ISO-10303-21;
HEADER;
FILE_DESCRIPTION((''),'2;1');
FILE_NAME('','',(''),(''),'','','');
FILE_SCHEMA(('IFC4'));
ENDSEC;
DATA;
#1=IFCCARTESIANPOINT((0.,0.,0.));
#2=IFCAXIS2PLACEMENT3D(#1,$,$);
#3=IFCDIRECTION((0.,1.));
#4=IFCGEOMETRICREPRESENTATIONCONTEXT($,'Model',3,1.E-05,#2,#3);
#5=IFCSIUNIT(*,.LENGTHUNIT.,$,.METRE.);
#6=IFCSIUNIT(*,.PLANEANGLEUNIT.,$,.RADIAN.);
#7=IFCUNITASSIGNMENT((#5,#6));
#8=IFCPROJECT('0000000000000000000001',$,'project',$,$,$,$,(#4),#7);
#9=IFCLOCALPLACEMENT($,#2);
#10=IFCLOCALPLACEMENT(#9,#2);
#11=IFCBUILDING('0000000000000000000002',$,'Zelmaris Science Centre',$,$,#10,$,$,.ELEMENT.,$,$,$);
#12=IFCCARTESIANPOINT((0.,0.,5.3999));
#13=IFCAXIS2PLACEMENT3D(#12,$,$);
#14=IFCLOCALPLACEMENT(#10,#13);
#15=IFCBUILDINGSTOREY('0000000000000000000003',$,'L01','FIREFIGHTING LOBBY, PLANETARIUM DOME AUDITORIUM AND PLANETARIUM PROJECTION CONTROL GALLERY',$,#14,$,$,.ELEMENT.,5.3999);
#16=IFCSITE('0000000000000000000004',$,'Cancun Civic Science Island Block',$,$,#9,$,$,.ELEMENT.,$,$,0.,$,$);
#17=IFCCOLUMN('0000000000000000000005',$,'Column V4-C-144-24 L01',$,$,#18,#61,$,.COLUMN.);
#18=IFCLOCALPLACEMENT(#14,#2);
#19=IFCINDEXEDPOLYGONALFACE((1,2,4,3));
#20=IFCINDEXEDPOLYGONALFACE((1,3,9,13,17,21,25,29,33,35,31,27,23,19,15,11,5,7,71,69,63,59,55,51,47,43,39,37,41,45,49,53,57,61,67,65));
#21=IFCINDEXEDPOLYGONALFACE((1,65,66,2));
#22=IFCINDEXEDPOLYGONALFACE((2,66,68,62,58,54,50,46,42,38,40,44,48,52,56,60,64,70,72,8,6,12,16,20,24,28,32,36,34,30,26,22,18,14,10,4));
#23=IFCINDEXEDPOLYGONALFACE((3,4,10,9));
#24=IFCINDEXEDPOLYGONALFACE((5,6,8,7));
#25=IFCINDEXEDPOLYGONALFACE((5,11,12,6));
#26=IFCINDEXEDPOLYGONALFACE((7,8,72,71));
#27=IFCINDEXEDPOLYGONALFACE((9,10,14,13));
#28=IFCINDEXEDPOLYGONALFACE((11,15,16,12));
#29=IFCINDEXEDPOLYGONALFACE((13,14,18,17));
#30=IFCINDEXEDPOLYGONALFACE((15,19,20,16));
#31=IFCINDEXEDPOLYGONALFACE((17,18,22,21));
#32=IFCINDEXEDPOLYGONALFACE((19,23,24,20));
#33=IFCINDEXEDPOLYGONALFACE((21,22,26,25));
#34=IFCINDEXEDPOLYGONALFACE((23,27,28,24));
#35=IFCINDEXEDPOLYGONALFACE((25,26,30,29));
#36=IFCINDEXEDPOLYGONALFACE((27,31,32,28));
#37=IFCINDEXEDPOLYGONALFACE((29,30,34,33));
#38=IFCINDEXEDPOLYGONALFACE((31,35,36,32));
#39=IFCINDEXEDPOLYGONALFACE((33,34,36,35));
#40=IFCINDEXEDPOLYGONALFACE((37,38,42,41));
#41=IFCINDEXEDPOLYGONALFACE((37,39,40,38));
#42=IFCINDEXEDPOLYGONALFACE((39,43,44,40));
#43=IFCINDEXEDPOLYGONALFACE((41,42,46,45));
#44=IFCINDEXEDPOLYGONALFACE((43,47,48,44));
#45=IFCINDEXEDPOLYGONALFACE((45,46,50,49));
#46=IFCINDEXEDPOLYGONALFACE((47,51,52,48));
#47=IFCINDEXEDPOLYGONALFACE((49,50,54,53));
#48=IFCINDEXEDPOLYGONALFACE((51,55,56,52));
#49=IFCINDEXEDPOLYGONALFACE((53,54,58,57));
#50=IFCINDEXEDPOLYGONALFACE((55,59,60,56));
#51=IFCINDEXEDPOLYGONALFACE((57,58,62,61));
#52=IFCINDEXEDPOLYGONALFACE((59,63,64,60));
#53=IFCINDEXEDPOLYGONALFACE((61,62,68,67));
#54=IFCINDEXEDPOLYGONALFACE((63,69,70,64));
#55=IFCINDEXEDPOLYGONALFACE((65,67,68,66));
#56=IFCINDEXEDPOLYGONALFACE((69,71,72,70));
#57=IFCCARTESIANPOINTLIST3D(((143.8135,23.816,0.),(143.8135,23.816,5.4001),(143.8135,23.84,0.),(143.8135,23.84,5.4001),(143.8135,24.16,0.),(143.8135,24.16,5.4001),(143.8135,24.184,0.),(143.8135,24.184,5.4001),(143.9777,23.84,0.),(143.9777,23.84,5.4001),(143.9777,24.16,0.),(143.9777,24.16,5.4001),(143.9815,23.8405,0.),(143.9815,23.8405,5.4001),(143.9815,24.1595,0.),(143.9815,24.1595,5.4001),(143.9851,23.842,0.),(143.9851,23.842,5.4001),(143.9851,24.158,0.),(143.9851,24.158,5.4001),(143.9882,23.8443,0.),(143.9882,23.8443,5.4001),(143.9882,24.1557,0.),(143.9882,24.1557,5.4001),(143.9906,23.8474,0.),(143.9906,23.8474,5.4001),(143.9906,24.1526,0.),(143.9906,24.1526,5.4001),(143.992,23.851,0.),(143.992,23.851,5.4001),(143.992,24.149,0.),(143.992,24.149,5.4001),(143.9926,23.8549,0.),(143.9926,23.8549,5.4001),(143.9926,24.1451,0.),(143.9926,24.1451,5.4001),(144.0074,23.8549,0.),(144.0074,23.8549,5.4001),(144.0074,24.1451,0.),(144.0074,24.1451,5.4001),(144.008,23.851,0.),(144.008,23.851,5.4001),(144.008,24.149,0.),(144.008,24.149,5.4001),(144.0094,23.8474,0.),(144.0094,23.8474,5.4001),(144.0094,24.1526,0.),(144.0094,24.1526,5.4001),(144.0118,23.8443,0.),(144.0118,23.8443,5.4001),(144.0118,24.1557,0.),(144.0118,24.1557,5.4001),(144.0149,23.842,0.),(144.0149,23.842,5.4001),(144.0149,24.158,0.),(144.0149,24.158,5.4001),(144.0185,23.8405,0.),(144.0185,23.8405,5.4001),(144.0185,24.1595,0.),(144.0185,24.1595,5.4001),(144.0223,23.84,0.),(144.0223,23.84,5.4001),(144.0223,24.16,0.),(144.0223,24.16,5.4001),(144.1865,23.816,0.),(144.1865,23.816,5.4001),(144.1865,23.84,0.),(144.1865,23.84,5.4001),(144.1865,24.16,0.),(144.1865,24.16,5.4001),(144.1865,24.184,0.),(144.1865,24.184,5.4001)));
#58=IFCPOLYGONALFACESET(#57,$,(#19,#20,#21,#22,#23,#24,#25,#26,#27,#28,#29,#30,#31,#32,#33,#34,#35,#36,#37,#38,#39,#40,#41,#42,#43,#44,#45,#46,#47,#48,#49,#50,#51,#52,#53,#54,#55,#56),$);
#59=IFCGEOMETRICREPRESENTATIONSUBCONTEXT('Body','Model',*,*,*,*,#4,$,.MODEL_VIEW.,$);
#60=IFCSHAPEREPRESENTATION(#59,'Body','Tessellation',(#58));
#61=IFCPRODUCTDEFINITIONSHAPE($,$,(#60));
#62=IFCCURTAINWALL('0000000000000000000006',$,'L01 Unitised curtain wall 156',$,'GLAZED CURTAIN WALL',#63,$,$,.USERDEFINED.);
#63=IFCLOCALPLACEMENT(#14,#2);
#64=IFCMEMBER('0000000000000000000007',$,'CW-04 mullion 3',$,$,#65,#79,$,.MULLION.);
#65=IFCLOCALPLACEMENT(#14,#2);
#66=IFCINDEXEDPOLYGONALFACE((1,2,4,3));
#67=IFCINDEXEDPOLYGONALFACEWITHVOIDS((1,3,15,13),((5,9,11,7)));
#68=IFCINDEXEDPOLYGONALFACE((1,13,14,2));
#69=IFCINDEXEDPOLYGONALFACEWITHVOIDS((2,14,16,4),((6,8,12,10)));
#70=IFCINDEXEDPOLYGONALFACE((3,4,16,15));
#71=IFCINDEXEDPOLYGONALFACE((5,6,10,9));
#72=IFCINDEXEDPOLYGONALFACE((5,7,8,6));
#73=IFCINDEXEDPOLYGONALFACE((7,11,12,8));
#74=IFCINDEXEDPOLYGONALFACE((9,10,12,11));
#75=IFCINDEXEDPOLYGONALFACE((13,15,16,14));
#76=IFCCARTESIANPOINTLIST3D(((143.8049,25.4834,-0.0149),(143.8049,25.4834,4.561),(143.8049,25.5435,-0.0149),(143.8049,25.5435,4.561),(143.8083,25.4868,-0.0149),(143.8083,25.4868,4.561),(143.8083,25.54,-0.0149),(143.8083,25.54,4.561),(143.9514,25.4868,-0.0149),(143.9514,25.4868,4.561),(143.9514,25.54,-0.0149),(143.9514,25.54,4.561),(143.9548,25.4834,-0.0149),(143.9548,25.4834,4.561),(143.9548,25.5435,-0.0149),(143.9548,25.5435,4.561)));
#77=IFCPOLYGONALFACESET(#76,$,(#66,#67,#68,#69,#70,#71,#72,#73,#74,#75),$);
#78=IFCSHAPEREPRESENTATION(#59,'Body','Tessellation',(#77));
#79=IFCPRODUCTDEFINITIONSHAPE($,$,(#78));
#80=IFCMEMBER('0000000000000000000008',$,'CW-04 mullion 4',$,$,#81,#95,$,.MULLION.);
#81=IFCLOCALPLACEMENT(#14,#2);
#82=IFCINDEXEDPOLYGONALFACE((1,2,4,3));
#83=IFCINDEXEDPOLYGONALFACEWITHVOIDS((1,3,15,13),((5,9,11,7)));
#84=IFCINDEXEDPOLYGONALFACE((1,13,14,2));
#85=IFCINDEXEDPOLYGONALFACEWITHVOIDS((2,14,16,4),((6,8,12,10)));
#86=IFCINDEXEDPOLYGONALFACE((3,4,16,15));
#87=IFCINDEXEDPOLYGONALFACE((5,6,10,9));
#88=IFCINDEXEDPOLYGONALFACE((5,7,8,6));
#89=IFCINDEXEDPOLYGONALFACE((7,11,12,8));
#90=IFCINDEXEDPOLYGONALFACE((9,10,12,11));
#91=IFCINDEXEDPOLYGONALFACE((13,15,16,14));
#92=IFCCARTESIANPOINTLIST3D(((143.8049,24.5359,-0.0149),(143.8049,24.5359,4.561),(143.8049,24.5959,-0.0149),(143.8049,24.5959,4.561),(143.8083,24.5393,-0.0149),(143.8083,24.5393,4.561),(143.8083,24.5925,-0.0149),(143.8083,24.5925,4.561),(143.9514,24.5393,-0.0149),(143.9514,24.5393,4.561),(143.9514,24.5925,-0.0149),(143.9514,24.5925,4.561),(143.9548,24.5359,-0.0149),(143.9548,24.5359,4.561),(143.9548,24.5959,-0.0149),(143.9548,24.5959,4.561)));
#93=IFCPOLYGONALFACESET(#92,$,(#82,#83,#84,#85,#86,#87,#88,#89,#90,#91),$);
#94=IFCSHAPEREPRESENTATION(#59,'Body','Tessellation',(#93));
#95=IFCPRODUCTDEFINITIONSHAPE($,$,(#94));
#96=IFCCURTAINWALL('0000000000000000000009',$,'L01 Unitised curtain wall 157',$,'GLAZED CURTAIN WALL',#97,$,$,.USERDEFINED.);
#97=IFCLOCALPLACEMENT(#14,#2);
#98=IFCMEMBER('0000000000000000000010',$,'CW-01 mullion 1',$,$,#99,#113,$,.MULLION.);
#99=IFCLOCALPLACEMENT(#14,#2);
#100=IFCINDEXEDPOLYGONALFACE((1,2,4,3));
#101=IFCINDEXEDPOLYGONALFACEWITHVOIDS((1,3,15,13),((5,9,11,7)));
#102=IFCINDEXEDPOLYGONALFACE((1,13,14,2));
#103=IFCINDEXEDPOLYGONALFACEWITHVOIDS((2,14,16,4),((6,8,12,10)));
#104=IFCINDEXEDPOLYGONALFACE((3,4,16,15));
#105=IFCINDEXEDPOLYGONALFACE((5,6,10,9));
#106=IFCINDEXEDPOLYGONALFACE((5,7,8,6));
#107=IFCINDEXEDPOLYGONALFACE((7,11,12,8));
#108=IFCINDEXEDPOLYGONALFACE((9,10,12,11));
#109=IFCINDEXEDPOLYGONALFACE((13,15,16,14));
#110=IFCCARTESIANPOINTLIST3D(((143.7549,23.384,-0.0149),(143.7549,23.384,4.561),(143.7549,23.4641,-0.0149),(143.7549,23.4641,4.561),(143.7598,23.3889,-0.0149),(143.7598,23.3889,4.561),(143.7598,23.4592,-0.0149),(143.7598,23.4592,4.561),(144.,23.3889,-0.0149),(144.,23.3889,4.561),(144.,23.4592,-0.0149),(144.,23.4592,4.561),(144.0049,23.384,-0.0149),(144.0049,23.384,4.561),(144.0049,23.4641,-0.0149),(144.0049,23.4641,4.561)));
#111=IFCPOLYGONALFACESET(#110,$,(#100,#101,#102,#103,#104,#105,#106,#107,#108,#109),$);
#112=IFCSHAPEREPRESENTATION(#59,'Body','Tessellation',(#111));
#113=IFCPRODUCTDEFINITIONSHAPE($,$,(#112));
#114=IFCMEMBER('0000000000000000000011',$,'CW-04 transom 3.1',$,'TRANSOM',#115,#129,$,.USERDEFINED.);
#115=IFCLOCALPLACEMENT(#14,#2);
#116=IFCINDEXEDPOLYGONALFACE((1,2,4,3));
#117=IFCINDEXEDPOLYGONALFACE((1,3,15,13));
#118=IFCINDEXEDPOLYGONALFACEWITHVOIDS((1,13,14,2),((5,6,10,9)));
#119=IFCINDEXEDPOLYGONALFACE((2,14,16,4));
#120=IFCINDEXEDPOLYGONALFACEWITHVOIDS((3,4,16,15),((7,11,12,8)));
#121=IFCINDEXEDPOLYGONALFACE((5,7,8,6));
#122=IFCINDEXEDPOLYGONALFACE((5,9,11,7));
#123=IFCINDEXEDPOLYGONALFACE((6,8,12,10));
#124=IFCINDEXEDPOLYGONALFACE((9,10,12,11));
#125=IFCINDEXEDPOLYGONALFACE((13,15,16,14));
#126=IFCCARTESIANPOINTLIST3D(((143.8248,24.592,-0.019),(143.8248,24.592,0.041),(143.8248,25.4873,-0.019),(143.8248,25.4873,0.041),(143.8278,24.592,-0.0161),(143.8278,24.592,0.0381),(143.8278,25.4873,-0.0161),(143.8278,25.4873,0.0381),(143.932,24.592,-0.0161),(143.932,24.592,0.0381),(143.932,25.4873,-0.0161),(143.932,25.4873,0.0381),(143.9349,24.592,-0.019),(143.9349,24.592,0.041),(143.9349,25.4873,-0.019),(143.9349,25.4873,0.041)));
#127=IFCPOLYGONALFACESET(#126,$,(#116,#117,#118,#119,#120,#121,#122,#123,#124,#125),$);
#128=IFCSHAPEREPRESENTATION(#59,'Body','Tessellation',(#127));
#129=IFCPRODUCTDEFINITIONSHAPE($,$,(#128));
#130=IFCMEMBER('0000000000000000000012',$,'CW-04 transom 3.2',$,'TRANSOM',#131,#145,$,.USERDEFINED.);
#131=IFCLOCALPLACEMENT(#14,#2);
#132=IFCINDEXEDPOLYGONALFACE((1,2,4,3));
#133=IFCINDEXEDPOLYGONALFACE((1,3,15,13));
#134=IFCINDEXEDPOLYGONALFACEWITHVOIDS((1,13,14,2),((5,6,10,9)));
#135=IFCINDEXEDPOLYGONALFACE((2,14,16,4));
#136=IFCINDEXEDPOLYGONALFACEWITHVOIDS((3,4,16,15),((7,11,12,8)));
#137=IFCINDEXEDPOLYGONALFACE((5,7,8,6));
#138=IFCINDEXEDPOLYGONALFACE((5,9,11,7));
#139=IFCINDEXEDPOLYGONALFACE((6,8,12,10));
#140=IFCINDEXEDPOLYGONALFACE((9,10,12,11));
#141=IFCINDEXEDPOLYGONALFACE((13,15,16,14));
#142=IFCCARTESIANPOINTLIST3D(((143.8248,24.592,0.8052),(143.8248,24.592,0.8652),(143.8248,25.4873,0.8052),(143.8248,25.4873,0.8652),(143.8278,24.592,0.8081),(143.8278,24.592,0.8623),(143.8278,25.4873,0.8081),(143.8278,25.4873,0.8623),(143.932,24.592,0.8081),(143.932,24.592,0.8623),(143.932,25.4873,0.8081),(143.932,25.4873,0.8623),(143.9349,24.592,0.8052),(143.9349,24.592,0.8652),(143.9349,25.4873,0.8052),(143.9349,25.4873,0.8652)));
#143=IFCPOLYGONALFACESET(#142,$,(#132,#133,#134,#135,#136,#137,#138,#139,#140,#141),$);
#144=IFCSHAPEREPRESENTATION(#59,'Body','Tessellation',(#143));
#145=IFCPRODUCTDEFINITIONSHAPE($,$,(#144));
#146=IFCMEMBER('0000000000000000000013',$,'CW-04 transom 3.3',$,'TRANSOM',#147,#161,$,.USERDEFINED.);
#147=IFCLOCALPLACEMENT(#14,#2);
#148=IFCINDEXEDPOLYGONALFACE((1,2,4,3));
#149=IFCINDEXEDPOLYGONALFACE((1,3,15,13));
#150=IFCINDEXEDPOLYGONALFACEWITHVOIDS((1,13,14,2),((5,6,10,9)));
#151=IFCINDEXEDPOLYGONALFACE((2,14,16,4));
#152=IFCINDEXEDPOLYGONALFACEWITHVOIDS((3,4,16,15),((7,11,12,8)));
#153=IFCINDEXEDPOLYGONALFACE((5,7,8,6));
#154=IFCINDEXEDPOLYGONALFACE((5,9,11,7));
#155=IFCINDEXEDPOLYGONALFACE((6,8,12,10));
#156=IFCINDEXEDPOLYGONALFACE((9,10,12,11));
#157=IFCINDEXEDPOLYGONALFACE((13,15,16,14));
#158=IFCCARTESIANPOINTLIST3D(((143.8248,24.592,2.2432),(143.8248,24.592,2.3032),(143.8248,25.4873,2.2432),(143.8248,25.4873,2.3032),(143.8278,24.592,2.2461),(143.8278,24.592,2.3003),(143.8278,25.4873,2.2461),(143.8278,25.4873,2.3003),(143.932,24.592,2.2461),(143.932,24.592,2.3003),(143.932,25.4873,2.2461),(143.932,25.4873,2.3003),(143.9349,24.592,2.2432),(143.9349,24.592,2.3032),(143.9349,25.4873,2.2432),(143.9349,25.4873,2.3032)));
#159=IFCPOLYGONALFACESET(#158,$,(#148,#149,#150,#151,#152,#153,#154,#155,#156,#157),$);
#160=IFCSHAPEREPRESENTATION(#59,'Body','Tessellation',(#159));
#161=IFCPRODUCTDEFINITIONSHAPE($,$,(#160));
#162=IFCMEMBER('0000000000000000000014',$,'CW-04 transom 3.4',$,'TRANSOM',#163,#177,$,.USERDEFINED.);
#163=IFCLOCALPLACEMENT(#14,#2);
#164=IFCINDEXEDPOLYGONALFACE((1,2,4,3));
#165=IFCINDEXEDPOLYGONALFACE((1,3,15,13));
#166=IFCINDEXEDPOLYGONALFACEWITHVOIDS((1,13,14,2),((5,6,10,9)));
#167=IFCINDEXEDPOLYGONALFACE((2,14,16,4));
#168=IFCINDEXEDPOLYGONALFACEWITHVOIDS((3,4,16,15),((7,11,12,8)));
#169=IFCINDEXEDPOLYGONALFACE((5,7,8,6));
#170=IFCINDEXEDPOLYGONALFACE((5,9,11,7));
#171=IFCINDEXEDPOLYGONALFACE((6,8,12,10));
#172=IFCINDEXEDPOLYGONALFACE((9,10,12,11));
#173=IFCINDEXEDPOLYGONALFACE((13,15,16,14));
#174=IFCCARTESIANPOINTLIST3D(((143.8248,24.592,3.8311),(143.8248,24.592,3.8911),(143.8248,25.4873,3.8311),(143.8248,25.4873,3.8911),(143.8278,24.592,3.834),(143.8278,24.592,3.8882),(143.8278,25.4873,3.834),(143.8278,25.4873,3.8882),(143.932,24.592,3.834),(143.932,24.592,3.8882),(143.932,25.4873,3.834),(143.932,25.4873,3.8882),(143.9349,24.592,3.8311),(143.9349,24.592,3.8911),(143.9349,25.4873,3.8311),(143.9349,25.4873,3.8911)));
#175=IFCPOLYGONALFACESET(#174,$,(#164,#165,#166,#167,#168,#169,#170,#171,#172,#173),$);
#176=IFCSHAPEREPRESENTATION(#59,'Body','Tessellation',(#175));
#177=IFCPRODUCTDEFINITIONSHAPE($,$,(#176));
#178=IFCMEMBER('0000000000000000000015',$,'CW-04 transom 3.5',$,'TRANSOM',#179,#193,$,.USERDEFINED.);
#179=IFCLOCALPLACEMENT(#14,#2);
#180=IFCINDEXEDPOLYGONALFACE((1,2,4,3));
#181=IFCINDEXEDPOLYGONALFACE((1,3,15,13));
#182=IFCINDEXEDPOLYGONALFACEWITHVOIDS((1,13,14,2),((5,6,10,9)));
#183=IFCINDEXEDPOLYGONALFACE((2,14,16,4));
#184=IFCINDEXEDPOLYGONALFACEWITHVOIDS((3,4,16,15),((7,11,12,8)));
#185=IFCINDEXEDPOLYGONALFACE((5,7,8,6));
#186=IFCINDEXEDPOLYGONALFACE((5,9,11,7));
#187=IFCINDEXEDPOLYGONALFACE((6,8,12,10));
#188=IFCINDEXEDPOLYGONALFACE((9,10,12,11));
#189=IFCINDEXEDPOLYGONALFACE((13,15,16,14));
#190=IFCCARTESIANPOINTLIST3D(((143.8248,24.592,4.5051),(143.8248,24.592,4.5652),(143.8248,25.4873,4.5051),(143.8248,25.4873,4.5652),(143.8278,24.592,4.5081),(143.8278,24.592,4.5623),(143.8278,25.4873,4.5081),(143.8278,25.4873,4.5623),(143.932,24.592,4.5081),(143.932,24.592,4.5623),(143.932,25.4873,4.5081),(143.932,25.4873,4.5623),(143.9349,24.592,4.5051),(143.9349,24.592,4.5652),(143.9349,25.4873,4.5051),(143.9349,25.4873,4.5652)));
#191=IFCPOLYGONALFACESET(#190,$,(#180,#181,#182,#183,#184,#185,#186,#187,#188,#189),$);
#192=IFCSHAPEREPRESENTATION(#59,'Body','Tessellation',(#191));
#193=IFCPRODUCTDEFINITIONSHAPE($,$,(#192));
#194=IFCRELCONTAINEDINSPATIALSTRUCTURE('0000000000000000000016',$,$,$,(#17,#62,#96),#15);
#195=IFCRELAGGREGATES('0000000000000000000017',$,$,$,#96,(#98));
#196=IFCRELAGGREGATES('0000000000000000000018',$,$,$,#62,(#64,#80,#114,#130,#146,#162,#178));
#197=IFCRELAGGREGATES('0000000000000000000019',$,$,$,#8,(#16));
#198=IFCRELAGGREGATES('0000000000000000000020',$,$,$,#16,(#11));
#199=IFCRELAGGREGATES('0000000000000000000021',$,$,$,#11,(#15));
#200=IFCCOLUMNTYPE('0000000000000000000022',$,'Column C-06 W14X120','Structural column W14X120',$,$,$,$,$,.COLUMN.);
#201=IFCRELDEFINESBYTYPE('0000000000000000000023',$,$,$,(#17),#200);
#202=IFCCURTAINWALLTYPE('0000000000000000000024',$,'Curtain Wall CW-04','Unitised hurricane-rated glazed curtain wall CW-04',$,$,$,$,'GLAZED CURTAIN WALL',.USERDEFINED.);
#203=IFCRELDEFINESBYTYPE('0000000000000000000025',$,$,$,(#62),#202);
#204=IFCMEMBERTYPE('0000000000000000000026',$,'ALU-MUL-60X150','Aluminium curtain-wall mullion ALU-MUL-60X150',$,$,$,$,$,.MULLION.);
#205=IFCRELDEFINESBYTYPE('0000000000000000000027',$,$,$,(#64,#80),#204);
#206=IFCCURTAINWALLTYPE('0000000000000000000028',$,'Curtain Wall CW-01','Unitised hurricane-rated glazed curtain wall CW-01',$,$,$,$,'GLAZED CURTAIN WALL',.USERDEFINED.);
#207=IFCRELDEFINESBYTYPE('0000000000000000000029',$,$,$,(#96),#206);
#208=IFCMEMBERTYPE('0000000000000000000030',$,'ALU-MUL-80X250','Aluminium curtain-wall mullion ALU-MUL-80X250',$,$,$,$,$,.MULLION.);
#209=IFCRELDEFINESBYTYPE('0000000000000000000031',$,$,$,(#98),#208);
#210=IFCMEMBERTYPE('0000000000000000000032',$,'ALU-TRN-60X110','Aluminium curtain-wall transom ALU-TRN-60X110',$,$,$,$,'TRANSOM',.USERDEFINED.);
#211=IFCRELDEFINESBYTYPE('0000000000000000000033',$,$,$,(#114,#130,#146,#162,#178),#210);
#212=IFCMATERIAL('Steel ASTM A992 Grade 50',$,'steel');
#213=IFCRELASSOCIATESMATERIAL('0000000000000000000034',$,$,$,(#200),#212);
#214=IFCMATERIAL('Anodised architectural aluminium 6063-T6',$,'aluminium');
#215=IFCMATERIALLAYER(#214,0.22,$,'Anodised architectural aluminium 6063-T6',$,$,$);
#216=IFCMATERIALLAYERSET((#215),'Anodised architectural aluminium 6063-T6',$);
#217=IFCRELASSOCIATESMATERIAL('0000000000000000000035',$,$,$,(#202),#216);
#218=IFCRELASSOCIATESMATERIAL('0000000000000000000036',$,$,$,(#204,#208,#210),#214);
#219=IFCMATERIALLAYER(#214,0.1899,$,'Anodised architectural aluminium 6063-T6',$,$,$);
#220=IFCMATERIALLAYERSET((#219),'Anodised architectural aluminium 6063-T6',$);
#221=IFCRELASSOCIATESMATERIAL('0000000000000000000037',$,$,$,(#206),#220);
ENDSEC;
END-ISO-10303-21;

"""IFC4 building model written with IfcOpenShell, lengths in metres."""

from ifc_helpers import new_model, si_unit, direction, frame, origin, origin_2d, place, context, subcontext, project, spatial, hollow_rectangle, i_section, extrude, material, layer, layer_set, material_profile, profile_set, type_object, element, aggregate, save


model = new_model("IFC4")

# Units and contexts
model_context = context("Model", 3, precision=1e-05, world=origin(), true_north=direction((0.0, 1.0)))
body_context = subcontext(model_context, "Body", "Model", "MODEL_VIEW")
ifc_project = project(units=[si_unit("LENGTHUNIT", "METRE"), si_unit("PLANEANGLEUNIT", "RADIAN")], contexts=[model_context])

# Site, building, storey
site_placement = place(None, origin())
site = spatial("IfcSite", under=ifc_project, at=site_placement, Name="Cancun Civic Science Island Block", CompositionType="ELEMENT", RefElevation=0.0)
building_placement = place(site_placement, origin())
building = spatial("IfcBuilding", under=site, at=building_placement, Name="Zelmaris Science Centre", CompositionType="ELEMENT")
storey_placement = place(building_placement, frame((0.0, 0.0, 5.3999)))
storey = spatial("IfcBuildingStorey", under=building, at=storey_placement, Name="L01", Description="FIREFIGHTING LOBBY, PLANETARIUM DOME AUDITORIUM AND PLANETARIUM PROJECTION CONTROL GALLERY", CompositionType="ELEMENT", Elevation=5.3999)

# Column
ifc_material_1 = material(Name="Steel ASTM A992 Grade 50", Category="steel")
ifc_material_profile_1 = material_profile(ifc_material_1, i_section(OverallWidth=0.373, OverallDepth=0.3679, WebThickness=0.0149, FlangeThickness=0.0239, FilletRadius=0.0149, at=origin_2d()), Name="W14X120")
ifc_profile_set_1 = profile_set([ifc_material_profile_1], Name="Steel ASTM A992 Grade 50")
column_type = type_object("IfcColumnType", Name="Column C-06 W14X120", Description="Structural column W14X120", PredefinedType="COLUMN", material=ifc_profile_set_1)
column_placement = place(storey_placement, frame((144.0, 24.0, 0.0), z_axis=(0.0, 0.0, 1.0), x_axis=(1.0, 0.0, 0.0)))
element("IfcColumn", 1, at=column_placement, inside=storey, type_object=column_type, Name="Column V4-C-144-24 L01", PredefinedType="COLUMN", context=body_context, shape_type="SweptSolid", body=[
    extrude(i_section(OverallWidth=0.373, OverallDepth=0.3679, WebThickness=0.0149, FlangeThickness=0.0239, FilletRadius=0.0149, at=origin_2d()), origin(), (0.0, 0.0, 1.0), 5.4001),
])

# Curtain wall, members
ifc_material_2 = material(Name="Anodised architectural aluminium 6063-T6", Category="aluminium")
ifc_layer_1 = layer(ifc_material_2, 0.22, Name="Anodised architectural aluminium 6063-T6")
ifc_layer_set_1 = layer_set([ifc_layer_1], Name="Anodised architectural aluminium 6063-T6")
curtain_wall_type_1 = type_object("IfcCurtainWallType", Name="Curtain Wall CW-04", Description="Unitised hurricane-rated glazed curtain wall CW-04", ElementType="GLAZED CURTAIN WALL", PredefinedType="USERDEFINED", material=ifc_layer_set_1)
curtain_wall_1_placement = place(storey_placement, origin())
curtain_wall_1 = element("IfcCurtainWall", 2, at=curtain_wall_1_placement, inside=storey, type_object=curtain_wall_type_1, Name="L01 Unitised curtain wall 156", ObjectType="GLAZED CURTAIN WALL", PredefinedType="USERDEFINED")
ifc_material_profile_2 = material_profile(ifc_material_2, hollow_rectangle(XDim=0.0601, YDim=0.1499, WallThickness=0.0034, at=origin_2d()), Name="ALU-MUL-60X150")
ifc_profile_set_2 = profile_set([ifc_material_profile_2], Name="Anodised architectural aluminium 6063-T6")
member_type_1 = type_object("IfcMemberType", Name="ALU-MUL-60X150", Description="Aluminium curtain-wall mullion ALU-MUL-60X150", PredefinedType="MULLION", material=ifc_profile_set_2)
member_1_placement = place(storey_placement, frame((143.8799, 25.5134, -0.0149), z_axis=(0.0, 0.0, 1.0), x_axis=(0.0, -1.0, 0.0)))
member_1 = element("IfcMember", 3, at=member_1_placement, type_object=member_type_1, Name="CW-04 mullion 3", PredefinedType="MULLION", context=body_context, shape_type="SweptSolid", body=[
    extrude(hollow_rectangle(XDim=0.0601, YDim=0.1499, WallThickness=0.0034, at=origin_2d()), origin(), (0.0, 0.0, 1.0), 4.5759),
])
member_2_placement = place(storey_placement, frame((143.8799, 24.5659, -0.0149), z_axis=(0.0, 0.0, 1.0), x_axis=(0.0, -1.0, 0.0)))
member_2 = element("IfcMember", 4, at=member_2_placement, type_object=member_type_1, Name="CW-04 mullion 4", PredefinedType="MULLION", context=body_context, shape_type="SweptSolid", body=[
    extrude(hollow_rectangle(XDim=0.0601, YDim=0.1499, WallThickness=0.0034, at=origin_2d()), origin(), (0.0, 0.0, 1.0), 4.5759),
])

# Curtain wall, member
ifc_layer_2 = layer(ifc_material_2, 0.1899, Name="Anodised architectural aluminium 6063-T6")
ifc_layer_set_2 = layer_set([ifc_layer_2], Name="Anodised architectural aluminium 6063-T6")
curtain_wall_type_2 = type_object("IfcCurtainWallType", Name="Curtain Wall CW-01", Description="Unitised hurricane-rated glazed curtain wall CW-01", ElementType="GLAZED CURTAIN WALL", PredefinedType="USERDEFINED", material=ifc_layer_set_2)
curtain_wall_2_placement = place(storey_placement, origin())
curtain_wall_2 = element("IfcCurtainWall", 5, at=curtain_wall_2_placement, inside=storey, type_object=curtain_wall_type_2, Name="L01 Unitised curtain wall 157", ObjectType="GLAZED CURTAIN WALL", PredefinedType="USERDEFINED")
ifc_material_profile_3 = material_profile(ifc_material_2, hollow_rectangle(XDim=0.0801, YDim=0.25, WallThickness=0.0049, at=origin_2d()), Name="ALU-MUL-80X250")
ifc_profile_set_3 = profile_set([ifc_material_profile_3], Name="Anodised architectural aluminium 6063-T6")
member_type_2 = type_object("IfcMemberType", Name="ALU-MUL-80X250", Description="Aluminium curtain-wall mullion ALU-MUL-80X250", PredefinedType="MULLION", material=ifc_profile_set_3)
member_3_placement = place(storey_placement, frame((143.8799, 23.4241, -0.0149), z_axis=(0.0, 0.0, 1.0), x_axis=(0.0, -1.0, 0.0)))
member_3 = element("IfcMember", 6, at=member_3_placement, type_object=member_type_2, Name="CW-01 mullion 1", PredefinedType="MULLION", context=body_context, shape_type="SweptSolid", body=[
    extrude(hollow_rectangle(XDim=0.0801, YDim=0.25, WallThickness=0.0049, at=origin_2d()), origin(), (0.0, 0.0, 1.0), 4.5759),
])

# Members
ifc_material_profile_4 = material_profile(ifc_material_2, hollow_rectangle(XDim=0.0601, YDim=0.1101, WallThickness=0.0029, at=origin_2d()), Name="ALU-TRN-60X110")
ifc_profile_set_4 = profile_set([ifc_material_profile_4], Name="Anodised architectural aluminium 6063-T6")
member_type_3 = type_object("IfcMemberType", Name="ALU-TRN-60X110", Description="Aluminium curtain-wall transom ALU-TRN-60X110", ElementType="TRANSOM", PredefinedType="USERDEFINED", material=ifc_profile_set_4)
member_4_placement = place(storey_placement, frame((143.8799, 25.4873, 0.011), z_axis=(0.0, -1.0, 0.0), x_axis=(0.0, 0.0, 1.0)))
member_4 = element("IfcMember", 7, at=member_4_placement, type_object=member_type_3, Name="CW-04 transom 3.1", ObjectType="TRANSOM", PredefinedType="USERDEFINED", context=body_context, shape_type="SweptSolid", body=[
    extrude(hollow_rectangle(XDim=0.0601, YDim=0.1101, WallThickness=0.0029, at=origin_2d()), origin(), (0.0, 0.0, 1.0), 0.8953),
])
member_5_placement = place(storey_placement, frame((143.8799, 25.4873, 0.8352), z_axis=(0.0, -1.0, 0.0), x_axis=(0.0, 0.0, 1.0)))
member_5 = element("IfcMember", 8, at=member_5_placement, type_object=member_type_3, Name="CW-04 transom 3.2", ObjectType="TRANSOM", PredefinedType="USERDEFINED", context=body_context, shape_type="SweptSolid", body=[
    extrude(hollow_rectangle(XDim=0.0601, YDim=0.1101, WallThickness=0.0029, at=origin_2d()), origin(), (0.0, 0.0, 1.0), 0.8953),
])
member_6_placement = place(storey_placement, frame((143.8799, 25.4873, 2.2732), z_axis=(0.0, -1.0, 0.0), x_axis=(0.0, 0.0, 1.0)))
member_6 = element("IfcMember", 9, at=member_6_placement, type_object=member_type_3, Name="CW-04 transom 3.3", ObjectType="TRANSOM", PredefinedType="USERDEFINED", context=body_context, shape_type="SweptSolid", body=[
    extrude(hollow_rectangle(XDim=0.0601, YDim=0.1101, WallThickness=0.0029, at=origin_2d()), origin(), (0.0, 0.0, 1.0), 0.8953),
])
member_7_placement = place(storey_placement, frame((143.8799, 25.4873, 3.8611), z_axis=(0.0, -1.0, 0.0), x_axis=(0.0, 0.0, 1.0)))
member_7 = element("IfcMember", 10, at=member_7_placement, type_object=member_type_3, Name="CW-04 transom 3.4", ObjectType="TRANSOM", PredefinedType="USERDEFINED", context=body_context, shape_type="SweptSolid", body=[
    extrude(hollow_rectangle(XDim=0.0601, YDim=0.1101, WallThickness=0.0029, at=origin_2d()), origin(), (0.0, 0.0, 1.0), 0.8953),
])
member_8_placement = place(storey_placement, frame((143.8799, 25.4873, 4.5352), z_axis=(0.0, -1.0, 0.0), x_axis=(0.0, 0.0, 1.0)))
member_8 = element("IfcMember", 11, at=member_8_placement, type_object=member_type_3, Name="CW-04 transom 3.5", ObjectType="TRANSOM", PredefinedType="USERDEFINED", context=body_context, shape_type="SweptSolid", body=[
    extrude(hollow_rectangle(XDim=0.0601, YDim=0.1101, WallThickness=0.0029, at=origin_2d()), origin(), (0.0, 0.0, 1.0), 0.8953),
])
aggregate(curtain_wall_2, [member_3])

aggregate(curtain_wall_1, [member_1, member_2, member_4, member_5, member_6, member_7, member_8])

save(model, "model.ifc")
